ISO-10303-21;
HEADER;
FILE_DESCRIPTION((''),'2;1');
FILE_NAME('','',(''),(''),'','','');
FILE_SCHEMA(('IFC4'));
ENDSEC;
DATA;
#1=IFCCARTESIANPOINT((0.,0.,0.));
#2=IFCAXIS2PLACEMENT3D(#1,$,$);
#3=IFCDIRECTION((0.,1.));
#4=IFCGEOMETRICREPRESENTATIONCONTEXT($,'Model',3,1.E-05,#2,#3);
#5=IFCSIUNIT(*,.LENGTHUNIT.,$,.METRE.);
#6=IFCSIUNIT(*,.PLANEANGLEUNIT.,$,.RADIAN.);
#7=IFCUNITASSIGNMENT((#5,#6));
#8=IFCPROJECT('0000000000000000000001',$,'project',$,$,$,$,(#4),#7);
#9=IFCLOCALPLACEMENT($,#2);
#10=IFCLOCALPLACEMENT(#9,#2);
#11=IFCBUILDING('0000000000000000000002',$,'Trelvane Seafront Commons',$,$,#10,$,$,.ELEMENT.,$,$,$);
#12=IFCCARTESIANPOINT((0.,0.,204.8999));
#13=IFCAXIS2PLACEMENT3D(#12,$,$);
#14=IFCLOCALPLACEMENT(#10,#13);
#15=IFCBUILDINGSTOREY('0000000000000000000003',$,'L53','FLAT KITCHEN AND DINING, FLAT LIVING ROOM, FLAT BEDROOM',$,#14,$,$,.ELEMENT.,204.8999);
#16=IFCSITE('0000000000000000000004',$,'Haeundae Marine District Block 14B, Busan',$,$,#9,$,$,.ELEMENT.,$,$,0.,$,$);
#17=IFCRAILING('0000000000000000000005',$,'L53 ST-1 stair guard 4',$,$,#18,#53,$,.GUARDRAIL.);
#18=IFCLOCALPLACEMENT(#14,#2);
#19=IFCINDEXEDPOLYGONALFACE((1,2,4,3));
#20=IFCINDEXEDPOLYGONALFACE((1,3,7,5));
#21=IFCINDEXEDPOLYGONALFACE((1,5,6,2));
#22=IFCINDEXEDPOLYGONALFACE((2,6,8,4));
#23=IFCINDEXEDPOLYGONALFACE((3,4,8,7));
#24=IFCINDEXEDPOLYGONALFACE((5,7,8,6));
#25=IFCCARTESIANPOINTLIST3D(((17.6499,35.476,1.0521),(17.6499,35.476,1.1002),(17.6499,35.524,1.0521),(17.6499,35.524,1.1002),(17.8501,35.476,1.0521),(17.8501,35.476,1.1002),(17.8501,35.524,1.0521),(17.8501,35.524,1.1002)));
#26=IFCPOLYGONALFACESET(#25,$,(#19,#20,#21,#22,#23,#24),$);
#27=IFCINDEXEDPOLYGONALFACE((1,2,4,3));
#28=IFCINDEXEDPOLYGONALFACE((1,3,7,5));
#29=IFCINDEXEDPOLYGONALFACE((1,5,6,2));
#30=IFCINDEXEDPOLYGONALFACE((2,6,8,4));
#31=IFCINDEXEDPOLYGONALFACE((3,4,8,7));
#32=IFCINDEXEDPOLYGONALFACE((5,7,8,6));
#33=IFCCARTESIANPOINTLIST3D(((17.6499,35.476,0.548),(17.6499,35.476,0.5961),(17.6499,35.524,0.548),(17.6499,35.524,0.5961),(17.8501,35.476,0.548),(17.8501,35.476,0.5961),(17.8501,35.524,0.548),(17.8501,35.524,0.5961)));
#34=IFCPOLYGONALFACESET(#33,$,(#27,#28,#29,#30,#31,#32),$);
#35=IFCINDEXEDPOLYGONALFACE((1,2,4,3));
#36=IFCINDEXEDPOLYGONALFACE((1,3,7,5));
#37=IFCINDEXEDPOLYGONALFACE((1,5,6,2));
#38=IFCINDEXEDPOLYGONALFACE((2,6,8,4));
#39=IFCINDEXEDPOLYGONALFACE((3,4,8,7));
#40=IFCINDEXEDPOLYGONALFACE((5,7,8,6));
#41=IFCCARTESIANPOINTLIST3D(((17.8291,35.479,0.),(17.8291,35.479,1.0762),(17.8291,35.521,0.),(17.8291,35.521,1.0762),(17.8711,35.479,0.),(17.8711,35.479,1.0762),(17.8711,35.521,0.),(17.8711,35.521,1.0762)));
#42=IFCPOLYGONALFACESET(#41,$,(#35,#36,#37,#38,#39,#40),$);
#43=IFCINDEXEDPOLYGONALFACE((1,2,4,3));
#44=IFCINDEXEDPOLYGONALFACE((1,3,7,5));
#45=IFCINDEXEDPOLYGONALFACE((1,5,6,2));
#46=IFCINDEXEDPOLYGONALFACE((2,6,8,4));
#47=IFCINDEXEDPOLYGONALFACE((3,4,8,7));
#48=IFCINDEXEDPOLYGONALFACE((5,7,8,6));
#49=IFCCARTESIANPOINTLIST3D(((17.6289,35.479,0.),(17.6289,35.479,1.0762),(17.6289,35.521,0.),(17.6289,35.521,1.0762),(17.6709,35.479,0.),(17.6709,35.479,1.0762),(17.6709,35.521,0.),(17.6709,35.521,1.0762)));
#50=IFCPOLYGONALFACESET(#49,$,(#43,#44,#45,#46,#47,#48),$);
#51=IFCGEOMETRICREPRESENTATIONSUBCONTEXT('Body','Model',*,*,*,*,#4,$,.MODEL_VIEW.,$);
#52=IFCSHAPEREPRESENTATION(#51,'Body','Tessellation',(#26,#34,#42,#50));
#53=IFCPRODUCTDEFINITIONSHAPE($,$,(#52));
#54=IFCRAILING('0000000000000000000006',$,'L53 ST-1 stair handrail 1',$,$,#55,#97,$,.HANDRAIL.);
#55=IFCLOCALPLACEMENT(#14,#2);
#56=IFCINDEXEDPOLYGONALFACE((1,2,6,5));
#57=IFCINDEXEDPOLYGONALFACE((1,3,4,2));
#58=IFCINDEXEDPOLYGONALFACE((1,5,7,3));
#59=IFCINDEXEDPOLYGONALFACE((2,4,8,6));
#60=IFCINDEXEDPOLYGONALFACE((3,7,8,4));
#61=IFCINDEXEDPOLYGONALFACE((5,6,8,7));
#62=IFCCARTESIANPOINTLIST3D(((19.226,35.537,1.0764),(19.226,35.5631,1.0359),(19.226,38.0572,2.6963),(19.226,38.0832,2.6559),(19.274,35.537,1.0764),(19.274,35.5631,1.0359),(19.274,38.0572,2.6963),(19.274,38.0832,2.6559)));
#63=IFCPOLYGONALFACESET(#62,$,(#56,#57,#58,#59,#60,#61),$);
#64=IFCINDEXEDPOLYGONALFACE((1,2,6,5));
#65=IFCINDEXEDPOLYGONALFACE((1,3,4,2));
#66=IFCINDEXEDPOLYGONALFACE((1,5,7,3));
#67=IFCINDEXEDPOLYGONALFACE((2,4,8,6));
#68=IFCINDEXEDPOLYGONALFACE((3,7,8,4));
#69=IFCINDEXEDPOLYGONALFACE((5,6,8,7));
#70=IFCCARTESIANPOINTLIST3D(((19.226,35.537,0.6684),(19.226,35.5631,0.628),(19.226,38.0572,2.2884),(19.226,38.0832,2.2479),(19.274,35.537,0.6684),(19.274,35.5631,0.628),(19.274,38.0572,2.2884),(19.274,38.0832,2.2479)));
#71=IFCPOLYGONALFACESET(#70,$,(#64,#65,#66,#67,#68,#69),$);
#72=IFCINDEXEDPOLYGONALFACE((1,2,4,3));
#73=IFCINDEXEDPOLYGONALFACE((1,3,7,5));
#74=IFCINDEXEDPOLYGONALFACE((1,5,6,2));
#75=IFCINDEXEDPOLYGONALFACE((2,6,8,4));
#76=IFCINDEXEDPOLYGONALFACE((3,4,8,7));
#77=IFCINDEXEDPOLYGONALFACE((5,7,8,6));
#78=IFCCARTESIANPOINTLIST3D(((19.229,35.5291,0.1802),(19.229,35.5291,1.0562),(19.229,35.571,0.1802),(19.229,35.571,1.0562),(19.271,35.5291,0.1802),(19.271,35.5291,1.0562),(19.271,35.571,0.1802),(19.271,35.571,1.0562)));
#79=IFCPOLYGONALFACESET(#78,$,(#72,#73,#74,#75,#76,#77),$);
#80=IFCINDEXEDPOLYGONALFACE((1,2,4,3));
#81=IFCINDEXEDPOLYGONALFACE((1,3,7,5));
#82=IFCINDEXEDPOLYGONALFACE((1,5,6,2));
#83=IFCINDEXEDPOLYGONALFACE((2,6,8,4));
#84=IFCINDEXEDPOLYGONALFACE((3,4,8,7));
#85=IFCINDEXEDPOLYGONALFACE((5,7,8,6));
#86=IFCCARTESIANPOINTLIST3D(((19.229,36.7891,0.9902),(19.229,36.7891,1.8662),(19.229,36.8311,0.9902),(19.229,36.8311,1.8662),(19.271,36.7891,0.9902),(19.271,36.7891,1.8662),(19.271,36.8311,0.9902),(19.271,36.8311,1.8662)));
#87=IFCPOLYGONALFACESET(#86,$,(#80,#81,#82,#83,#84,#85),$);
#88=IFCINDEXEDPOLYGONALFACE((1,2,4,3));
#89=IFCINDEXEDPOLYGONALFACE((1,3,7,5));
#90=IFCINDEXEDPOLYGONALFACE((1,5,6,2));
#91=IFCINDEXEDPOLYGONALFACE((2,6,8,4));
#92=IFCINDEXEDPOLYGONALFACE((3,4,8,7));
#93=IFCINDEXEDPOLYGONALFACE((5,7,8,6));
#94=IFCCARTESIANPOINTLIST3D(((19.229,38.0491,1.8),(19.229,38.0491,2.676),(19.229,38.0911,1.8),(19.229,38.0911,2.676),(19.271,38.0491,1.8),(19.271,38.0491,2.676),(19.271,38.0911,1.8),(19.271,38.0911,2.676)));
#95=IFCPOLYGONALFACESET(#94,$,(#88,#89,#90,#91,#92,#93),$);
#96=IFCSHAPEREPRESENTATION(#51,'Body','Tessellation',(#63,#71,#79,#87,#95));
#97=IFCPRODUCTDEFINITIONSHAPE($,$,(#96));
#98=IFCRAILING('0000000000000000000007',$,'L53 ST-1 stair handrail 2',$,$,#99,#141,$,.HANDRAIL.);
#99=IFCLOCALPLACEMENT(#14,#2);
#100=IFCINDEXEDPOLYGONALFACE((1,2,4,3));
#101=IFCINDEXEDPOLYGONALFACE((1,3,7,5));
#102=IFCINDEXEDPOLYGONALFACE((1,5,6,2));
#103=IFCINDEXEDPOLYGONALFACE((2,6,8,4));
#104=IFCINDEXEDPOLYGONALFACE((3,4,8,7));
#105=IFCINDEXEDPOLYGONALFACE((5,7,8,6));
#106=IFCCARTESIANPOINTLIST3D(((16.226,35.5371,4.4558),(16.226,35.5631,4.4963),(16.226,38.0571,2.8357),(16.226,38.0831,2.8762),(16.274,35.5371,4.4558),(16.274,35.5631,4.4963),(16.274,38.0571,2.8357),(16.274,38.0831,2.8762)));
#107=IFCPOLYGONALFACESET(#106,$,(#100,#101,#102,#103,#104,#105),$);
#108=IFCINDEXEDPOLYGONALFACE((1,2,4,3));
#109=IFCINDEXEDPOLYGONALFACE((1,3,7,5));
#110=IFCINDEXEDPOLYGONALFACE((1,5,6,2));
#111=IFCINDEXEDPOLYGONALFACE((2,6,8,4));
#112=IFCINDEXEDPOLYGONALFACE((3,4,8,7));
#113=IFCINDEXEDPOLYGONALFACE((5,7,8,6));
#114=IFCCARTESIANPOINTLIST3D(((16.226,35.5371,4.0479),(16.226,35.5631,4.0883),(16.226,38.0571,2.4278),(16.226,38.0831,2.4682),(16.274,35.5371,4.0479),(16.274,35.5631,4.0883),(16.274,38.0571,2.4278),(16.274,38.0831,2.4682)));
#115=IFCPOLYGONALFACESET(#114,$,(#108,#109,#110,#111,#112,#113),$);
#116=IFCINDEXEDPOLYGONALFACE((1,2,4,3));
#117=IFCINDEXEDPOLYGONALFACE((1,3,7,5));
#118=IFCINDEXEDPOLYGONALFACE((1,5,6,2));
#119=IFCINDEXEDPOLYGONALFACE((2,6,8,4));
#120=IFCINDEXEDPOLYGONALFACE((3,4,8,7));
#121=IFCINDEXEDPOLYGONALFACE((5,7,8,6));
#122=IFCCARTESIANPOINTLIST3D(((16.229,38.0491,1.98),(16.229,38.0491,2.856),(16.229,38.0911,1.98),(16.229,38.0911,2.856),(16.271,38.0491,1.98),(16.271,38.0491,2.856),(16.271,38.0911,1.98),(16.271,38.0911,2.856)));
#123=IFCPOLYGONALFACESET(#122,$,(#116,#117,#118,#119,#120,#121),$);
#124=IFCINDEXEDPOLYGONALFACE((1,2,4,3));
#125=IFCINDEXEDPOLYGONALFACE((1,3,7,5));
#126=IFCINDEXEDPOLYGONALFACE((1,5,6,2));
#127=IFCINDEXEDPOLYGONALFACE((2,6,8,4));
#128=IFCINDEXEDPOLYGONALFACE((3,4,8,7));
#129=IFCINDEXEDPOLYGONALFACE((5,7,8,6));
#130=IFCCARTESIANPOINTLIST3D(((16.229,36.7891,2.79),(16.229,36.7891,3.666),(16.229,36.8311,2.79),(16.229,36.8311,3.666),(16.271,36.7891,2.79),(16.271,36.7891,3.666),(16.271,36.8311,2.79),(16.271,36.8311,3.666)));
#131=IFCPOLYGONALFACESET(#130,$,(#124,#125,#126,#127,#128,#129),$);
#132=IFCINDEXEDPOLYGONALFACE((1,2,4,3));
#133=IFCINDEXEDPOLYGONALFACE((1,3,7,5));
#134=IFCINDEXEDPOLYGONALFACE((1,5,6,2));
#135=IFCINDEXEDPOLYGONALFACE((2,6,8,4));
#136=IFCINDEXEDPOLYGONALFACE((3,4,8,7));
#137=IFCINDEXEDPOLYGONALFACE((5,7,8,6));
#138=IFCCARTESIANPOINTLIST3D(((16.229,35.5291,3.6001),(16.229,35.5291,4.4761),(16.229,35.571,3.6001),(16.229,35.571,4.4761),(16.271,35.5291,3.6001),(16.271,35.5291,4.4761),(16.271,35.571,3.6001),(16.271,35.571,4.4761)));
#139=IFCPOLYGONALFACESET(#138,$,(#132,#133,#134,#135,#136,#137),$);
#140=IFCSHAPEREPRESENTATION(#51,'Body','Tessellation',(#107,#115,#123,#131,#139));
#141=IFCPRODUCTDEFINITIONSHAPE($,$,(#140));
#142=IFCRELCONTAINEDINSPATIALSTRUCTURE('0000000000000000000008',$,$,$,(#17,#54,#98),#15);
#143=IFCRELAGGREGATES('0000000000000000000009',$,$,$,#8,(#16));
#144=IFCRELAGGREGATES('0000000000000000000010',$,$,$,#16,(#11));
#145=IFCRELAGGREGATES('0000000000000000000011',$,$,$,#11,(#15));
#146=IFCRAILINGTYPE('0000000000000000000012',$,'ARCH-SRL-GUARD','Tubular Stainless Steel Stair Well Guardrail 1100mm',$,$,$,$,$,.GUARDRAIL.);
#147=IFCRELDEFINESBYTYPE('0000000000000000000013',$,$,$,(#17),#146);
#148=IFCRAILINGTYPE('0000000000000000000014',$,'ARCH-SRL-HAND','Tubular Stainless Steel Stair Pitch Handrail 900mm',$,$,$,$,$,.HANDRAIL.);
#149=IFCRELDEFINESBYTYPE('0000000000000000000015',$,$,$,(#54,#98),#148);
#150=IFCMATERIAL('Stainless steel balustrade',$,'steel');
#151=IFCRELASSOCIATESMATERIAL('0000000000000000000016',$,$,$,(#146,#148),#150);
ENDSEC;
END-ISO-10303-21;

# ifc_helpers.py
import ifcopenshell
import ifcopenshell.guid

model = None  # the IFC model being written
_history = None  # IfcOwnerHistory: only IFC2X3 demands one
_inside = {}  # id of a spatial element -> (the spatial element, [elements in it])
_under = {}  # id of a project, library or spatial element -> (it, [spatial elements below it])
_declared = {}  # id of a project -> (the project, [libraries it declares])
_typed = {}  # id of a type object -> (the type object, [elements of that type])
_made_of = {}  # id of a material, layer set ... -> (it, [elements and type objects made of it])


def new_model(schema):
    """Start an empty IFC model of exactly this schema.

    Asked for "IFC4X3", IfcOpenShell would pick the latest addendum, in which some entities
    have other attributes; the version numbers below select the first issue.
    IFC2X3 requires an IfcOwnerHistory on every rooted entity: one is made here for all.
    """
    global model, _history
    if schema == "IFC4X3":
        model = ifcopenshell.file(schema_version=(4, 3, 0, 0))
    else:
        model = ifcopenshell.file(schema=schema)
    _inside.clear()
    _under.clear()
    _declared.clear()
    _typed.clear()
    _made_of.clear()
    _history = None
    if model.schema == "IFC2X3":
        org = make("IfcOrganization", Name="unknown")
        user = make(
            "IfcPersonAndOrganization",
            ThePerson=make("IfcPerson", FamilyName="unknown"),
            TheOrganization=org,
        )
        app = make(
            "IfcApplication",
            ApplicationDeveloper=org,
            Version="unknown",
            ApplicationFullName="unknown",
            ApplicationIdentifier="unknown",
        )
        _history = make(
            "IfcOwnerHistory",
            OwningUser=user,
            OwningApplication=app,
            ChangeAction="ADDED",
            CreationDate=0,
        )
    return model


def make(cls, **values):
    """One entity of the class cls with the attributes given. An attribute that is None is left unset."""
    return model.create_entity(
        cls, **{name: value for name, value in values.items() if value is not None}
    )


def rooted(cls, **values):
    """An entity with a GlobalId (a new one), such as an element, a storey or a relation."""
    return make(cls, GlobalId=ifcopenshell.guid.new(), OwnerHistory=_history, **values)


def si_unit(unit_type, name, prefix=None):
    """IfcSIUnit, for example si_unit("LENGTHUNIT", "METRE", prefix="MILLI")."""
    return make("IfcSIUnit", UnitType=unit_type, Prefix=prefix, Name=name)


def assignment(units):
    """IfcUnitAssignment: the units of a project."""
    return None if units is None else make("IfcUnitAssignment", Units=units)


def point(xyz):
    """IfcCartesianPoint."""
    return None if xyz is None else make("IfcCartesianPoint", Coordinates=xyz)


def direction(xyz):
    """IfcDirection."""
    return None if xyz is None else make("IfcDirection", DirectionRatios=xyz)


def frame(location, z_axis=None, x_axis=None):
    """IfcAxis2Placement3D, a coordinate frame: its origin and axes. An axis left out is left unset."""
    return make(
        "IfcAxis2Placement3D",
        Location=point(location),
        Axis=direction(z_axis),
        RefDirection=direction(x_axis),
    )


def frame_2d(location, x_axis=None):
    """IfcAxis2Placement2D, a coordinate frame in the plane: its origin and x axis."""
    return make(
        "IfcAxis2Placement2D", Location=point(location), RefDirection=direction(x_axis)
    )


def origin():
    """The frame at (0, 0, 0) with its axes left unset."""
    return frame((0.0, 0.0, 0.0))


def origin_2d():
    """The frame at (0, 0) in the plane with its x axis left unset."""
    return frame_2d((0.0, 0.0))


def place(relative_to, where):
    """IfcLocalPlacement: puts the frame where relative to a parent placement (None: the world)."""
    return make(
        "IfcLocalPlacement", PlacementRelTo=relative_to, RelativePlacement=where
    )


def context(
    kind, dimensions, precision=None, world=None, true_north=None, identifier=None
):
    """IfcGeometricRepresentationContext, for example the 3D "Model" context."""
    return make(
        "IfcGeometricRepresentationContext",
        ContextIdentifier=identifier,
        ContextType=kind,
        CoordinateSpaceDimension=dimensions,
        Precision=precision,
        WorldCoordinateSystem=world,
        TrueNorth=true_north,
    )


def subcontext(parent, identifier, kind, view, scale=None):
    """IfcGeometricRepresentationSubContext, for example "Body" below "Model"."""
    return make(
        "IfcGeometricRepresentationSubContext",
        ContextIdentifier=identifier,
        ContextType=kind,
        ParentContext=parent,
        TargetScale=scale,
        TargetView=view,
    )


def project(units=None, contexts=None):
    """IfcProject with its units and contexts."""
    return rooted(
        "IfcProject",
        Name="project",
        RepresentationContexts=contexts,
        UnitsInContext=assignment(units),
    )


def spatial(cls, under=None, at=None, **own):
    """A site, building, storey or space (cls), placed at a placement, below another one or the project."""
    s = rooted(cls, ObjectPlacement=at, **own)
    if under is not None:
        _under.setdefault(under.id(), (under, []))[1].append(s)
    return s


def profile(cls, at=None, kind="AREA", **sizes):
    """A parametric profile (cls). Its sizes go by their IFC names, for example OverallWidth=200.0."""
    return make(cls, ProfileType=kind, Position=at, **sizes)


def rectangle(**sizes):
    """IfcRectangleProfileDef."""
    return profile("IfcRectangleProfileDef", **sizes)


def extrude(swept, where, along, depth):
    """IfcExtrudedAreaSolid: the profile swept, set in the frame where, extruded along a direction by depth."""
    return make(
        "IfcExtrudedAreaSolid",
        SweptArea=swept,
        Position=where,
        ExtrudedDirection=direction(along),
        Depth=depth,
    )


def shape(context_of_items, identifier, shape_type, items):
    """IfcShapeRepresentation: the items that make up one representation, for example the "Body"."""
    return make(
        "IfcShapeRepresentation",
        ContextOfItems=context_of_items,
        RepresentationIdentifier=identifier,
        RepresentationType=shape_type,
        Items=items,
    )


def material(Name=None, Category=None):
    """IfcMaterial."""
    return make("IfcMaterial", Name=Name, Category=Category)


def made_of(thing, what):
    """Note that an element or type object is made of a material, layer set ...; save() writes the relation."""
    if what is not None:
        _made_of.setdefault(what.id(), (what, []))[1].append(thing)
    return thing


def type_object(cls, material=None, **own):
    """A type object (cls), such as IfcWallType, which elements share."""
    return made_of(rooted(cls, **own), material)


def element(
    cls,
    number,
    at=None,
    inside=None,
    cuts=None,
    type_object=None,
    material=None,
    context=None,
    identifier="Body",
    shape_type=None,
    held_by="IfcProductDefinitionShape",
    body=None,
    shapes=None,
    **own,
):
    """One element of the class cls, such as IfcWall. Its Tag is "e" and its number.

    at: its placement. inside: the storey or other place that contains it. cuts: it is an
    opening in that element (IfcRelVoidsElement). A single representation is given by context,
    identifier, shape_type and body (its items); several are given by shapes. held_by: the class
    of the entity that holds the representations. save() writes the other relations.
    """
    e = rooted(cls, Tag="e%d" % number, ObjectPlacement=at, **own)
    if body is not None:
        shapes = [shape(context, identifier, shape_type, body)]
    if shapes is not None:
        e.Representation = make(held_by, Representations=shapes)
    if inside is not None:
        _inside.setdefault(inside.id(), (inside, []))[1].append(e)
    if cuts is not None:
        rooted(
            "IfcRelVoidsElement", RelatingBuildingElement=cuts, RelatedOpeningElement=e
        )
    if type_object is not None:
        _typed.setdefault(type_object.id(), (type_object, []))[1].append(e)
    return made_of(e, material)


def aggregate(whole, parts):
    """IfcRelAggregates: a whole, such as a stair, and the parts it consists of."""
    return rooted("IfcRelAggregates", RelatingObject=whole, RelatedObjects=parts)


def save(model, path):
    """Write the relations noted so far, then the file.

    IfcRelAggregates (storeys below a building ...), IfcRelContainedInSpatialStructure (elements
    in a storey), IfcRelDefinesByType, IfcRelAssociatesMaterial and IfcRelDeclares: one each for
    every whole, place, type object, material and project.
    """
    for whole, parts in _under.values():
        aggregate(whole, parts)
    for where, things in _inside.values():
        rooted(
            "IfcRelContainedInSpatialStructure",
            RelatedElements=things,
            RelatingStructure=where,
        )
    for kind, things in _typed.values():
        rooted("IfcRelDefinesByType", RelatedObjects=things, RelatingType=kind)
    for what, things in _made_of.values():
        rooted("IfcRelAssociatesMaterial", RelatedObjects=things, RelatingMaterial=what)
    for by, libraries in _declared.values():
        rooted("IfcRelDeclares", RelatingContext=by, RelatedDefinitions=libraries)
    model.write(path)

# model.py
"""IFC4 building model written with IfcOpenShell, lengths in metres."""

from ifc_helpers import new_model, si_unit, direction, frame, origin, origin_2d, place, context, subcontext, project, spatial, rectangle, extrude, material, type_object, element, save


model = new_model("IFC4")

# Units and contexts
model_context = context("Model", 3, precision=1e-05, world=origin(), true_north=direction((0.0, 1.0)))
body_context = subcontext(model_context, "Body", "Model", "MODEL_VIEW")
ifc_project = project(units=[si_unit("LENGTHUNIT", "METRE"), si_unit("PLANEANGLEUNIT", "RADIAN")], contexts=[model_context])

# Site, building, storey
site_placement = place(None, origin())
site = spatial("IfcSite", under=ifc_project, at=site_placement, Name="Haeundae Marine District Block 14B, Busan", CompositionType="ELEMENT", RefElevation=0.0)
building_placement = place(site_placement, origin())
building = spatial("IfcBuilding", under=site, at=building_placement, Name="Trelvane Seafront Commons", CompositionType="ELEMENT")
storey_placement = place(building_placement, frame((0.0, 0.0, 204.8999)))
storey = spatial("IfcBuildingStorey", under=building, at=storey_placement, Name="L53", Description="FLAT KITCHEN AND DINING, FLAT LIVING ROOM, FLAT BEDROOM", CompositionType="ELEMENT", Elevation=204.8999)

# Shared definitions
ifc_material_1 = material(Name="Stainless steel balustrade", Category="steel")

# Railings
railing_type_1 = type_object("IfcRailingType", Name="ARCH-SRL-GUARD", Description="Tubular Stainless Steel Stair Well Guardrail 1100mm", PredefinedType="GUARDRAIL", material=ifc_material_1)
railing_1_placement = place(storey_placement, frame((17.8501, 35.5, 0.0)))
element("IfcRailing", 1, at=railing_1_placement, inside=storey, type_object=railing_type_1, Name="L53 ST-1 stair guard 4", PredefinedType="GUARDRAIL", context=body_context, shape_type="SweptSolid", body=[
    extrude(rectangle(XDim=0.0481, YDim=0.0481, at=origin_2d()), frame((0.0, 0.0, 1.0762), z_axis=(-1.0, 0.0, 0.0), x_axis=(0.0, -1.0, 0.0)), (0.0, 0.0, 1.0), 0.2002),
    extrude(rectangle(XDim=0.0481, YDim=0.0481, at=origin_2d()), frame((0.0, 0.0, 0.572), z_axis=(-1.0, 0.0, 0.0), x_axis=(0.0, -1.0, 0.0)), (0.0, 0.0, 1.0), 0.2002),
    extrude(rectangle(XDim=0.042, YDim=0.042, at=origin_2d()), origin(), (0.0, 0.0, 1.0), 1.0762),
    extrude(rectangle(XDim=0.042, YDim=0.042, at=origin_2d()), frame((-0.2002, 0.0, 0.0)), (0.0, 0.0, 1.0), 1.0762),
])
railing_type_2 = type_object("IfcRailingType", Name="ARCH-SRL-HAND", Description="Tubular Stainless Steel Stair Pitch Handrail 900mm", PredefinedType="HANDRAIL", material=ifc_material_1)
railing_2_placement = place(storey_placement, frame((19.25, 35.55, 0.1802)))
element("IfcRailing", 2, at=railing_2_placement, inside=storey, type_object=railing_type_2, Name="L53 ST-1 stair handrail 1", PredefinedType="HANDRAIL", context=body_context, shape_type="SweptSolid", body=[
    extrude(rectangle(XDim=0.0481, YDim=0.0481, at=origin_2d()), frame((0.0, 0.0, 0.876), z_axis=(0.0, 0.8412, 0.540725), x_axis=(-1.0, 0.0, 0.0)), (0.0, 0.0, 1.0), 2.9958),
    extrude(rectangle(XDim=0.0481, YDim=0.0481, at=origin_2d()), frame((0.0, 0.0, 0.468), z_axis=(0.0, 0.8412, 0.540725), x_axis=(-1.0, 0.0, 0.0)), (0.0, 0.0, 1.0), 2.9958),
    extrude(rectangle(XDim=0.042, YDim=0.042, at=origin_2d()), origin(), (0.0, 0.0, 1.0), 0.876),
    extrude(rectangle(XDim=0.042, YDim=0.042, at=origin_2d()), frame((0.0, 1.26, 0.8101)), (0.0, 0.0, 1.0), 0.876),
    extrude(rectangle(XDim=0.042, YDim=0.042, at=origin_2d()), frame((0.0, 2.52, 1.6199)), (0.0, 0.0, 1.0), 0.876),
])
railing_3_placement = place(storey_placement, frame((16.25, 38.0701, 1.98)))
element("IfcRailing", 3, at=railing_3_placement, inside=storey, type_object=railing_type_2, Name="L53 ST-1 stair handrail 2", PredefinedType="HANDRAIL", context=body_context, shape_type="SweptSolid", body=[
    extrude(rectangle(XDim=0.0481, YDim=0.0481, at=origin_2d()), frame((0.0, 0.0, 0.876), z_axis=(0.0, -0.841163, 0.540782), x_axis=(1.0, 0.0, 0.0)), (0.0, 0.0, 1.0), 2.9958),
    extrude(rectangle(XDim=0.0481, YDim=0.0481, at=origin_2d()), frame((0.0, 0.0, 0.468), z_axis=(0.0, -0.841163, 0.540782), x_axis=(1.0, 0.0, 0.0)), (0.0, 0.0, 1.0), 2.9958),
    extrude(rectangle(XDim=0.042, YDim=0.042, at=origin_2d()), origin(), (0.0, 0.0, 1.0), 0.876),
    extrude(rectangle(XDim=0.042, YDim=0.042, at=origin_2d()), frame((0.0, -1.26, 0.8101)), (0.0, 0.0, 1.0), 0.876),
    extrude(rectangle(XDim=0.042, YDim=0.042, at=origin_2d()), frame((0.0, -2.52, 1.6201)), (0.0, 0.0, 1.0), 0.876),
])

save(model, "model.ifc")
